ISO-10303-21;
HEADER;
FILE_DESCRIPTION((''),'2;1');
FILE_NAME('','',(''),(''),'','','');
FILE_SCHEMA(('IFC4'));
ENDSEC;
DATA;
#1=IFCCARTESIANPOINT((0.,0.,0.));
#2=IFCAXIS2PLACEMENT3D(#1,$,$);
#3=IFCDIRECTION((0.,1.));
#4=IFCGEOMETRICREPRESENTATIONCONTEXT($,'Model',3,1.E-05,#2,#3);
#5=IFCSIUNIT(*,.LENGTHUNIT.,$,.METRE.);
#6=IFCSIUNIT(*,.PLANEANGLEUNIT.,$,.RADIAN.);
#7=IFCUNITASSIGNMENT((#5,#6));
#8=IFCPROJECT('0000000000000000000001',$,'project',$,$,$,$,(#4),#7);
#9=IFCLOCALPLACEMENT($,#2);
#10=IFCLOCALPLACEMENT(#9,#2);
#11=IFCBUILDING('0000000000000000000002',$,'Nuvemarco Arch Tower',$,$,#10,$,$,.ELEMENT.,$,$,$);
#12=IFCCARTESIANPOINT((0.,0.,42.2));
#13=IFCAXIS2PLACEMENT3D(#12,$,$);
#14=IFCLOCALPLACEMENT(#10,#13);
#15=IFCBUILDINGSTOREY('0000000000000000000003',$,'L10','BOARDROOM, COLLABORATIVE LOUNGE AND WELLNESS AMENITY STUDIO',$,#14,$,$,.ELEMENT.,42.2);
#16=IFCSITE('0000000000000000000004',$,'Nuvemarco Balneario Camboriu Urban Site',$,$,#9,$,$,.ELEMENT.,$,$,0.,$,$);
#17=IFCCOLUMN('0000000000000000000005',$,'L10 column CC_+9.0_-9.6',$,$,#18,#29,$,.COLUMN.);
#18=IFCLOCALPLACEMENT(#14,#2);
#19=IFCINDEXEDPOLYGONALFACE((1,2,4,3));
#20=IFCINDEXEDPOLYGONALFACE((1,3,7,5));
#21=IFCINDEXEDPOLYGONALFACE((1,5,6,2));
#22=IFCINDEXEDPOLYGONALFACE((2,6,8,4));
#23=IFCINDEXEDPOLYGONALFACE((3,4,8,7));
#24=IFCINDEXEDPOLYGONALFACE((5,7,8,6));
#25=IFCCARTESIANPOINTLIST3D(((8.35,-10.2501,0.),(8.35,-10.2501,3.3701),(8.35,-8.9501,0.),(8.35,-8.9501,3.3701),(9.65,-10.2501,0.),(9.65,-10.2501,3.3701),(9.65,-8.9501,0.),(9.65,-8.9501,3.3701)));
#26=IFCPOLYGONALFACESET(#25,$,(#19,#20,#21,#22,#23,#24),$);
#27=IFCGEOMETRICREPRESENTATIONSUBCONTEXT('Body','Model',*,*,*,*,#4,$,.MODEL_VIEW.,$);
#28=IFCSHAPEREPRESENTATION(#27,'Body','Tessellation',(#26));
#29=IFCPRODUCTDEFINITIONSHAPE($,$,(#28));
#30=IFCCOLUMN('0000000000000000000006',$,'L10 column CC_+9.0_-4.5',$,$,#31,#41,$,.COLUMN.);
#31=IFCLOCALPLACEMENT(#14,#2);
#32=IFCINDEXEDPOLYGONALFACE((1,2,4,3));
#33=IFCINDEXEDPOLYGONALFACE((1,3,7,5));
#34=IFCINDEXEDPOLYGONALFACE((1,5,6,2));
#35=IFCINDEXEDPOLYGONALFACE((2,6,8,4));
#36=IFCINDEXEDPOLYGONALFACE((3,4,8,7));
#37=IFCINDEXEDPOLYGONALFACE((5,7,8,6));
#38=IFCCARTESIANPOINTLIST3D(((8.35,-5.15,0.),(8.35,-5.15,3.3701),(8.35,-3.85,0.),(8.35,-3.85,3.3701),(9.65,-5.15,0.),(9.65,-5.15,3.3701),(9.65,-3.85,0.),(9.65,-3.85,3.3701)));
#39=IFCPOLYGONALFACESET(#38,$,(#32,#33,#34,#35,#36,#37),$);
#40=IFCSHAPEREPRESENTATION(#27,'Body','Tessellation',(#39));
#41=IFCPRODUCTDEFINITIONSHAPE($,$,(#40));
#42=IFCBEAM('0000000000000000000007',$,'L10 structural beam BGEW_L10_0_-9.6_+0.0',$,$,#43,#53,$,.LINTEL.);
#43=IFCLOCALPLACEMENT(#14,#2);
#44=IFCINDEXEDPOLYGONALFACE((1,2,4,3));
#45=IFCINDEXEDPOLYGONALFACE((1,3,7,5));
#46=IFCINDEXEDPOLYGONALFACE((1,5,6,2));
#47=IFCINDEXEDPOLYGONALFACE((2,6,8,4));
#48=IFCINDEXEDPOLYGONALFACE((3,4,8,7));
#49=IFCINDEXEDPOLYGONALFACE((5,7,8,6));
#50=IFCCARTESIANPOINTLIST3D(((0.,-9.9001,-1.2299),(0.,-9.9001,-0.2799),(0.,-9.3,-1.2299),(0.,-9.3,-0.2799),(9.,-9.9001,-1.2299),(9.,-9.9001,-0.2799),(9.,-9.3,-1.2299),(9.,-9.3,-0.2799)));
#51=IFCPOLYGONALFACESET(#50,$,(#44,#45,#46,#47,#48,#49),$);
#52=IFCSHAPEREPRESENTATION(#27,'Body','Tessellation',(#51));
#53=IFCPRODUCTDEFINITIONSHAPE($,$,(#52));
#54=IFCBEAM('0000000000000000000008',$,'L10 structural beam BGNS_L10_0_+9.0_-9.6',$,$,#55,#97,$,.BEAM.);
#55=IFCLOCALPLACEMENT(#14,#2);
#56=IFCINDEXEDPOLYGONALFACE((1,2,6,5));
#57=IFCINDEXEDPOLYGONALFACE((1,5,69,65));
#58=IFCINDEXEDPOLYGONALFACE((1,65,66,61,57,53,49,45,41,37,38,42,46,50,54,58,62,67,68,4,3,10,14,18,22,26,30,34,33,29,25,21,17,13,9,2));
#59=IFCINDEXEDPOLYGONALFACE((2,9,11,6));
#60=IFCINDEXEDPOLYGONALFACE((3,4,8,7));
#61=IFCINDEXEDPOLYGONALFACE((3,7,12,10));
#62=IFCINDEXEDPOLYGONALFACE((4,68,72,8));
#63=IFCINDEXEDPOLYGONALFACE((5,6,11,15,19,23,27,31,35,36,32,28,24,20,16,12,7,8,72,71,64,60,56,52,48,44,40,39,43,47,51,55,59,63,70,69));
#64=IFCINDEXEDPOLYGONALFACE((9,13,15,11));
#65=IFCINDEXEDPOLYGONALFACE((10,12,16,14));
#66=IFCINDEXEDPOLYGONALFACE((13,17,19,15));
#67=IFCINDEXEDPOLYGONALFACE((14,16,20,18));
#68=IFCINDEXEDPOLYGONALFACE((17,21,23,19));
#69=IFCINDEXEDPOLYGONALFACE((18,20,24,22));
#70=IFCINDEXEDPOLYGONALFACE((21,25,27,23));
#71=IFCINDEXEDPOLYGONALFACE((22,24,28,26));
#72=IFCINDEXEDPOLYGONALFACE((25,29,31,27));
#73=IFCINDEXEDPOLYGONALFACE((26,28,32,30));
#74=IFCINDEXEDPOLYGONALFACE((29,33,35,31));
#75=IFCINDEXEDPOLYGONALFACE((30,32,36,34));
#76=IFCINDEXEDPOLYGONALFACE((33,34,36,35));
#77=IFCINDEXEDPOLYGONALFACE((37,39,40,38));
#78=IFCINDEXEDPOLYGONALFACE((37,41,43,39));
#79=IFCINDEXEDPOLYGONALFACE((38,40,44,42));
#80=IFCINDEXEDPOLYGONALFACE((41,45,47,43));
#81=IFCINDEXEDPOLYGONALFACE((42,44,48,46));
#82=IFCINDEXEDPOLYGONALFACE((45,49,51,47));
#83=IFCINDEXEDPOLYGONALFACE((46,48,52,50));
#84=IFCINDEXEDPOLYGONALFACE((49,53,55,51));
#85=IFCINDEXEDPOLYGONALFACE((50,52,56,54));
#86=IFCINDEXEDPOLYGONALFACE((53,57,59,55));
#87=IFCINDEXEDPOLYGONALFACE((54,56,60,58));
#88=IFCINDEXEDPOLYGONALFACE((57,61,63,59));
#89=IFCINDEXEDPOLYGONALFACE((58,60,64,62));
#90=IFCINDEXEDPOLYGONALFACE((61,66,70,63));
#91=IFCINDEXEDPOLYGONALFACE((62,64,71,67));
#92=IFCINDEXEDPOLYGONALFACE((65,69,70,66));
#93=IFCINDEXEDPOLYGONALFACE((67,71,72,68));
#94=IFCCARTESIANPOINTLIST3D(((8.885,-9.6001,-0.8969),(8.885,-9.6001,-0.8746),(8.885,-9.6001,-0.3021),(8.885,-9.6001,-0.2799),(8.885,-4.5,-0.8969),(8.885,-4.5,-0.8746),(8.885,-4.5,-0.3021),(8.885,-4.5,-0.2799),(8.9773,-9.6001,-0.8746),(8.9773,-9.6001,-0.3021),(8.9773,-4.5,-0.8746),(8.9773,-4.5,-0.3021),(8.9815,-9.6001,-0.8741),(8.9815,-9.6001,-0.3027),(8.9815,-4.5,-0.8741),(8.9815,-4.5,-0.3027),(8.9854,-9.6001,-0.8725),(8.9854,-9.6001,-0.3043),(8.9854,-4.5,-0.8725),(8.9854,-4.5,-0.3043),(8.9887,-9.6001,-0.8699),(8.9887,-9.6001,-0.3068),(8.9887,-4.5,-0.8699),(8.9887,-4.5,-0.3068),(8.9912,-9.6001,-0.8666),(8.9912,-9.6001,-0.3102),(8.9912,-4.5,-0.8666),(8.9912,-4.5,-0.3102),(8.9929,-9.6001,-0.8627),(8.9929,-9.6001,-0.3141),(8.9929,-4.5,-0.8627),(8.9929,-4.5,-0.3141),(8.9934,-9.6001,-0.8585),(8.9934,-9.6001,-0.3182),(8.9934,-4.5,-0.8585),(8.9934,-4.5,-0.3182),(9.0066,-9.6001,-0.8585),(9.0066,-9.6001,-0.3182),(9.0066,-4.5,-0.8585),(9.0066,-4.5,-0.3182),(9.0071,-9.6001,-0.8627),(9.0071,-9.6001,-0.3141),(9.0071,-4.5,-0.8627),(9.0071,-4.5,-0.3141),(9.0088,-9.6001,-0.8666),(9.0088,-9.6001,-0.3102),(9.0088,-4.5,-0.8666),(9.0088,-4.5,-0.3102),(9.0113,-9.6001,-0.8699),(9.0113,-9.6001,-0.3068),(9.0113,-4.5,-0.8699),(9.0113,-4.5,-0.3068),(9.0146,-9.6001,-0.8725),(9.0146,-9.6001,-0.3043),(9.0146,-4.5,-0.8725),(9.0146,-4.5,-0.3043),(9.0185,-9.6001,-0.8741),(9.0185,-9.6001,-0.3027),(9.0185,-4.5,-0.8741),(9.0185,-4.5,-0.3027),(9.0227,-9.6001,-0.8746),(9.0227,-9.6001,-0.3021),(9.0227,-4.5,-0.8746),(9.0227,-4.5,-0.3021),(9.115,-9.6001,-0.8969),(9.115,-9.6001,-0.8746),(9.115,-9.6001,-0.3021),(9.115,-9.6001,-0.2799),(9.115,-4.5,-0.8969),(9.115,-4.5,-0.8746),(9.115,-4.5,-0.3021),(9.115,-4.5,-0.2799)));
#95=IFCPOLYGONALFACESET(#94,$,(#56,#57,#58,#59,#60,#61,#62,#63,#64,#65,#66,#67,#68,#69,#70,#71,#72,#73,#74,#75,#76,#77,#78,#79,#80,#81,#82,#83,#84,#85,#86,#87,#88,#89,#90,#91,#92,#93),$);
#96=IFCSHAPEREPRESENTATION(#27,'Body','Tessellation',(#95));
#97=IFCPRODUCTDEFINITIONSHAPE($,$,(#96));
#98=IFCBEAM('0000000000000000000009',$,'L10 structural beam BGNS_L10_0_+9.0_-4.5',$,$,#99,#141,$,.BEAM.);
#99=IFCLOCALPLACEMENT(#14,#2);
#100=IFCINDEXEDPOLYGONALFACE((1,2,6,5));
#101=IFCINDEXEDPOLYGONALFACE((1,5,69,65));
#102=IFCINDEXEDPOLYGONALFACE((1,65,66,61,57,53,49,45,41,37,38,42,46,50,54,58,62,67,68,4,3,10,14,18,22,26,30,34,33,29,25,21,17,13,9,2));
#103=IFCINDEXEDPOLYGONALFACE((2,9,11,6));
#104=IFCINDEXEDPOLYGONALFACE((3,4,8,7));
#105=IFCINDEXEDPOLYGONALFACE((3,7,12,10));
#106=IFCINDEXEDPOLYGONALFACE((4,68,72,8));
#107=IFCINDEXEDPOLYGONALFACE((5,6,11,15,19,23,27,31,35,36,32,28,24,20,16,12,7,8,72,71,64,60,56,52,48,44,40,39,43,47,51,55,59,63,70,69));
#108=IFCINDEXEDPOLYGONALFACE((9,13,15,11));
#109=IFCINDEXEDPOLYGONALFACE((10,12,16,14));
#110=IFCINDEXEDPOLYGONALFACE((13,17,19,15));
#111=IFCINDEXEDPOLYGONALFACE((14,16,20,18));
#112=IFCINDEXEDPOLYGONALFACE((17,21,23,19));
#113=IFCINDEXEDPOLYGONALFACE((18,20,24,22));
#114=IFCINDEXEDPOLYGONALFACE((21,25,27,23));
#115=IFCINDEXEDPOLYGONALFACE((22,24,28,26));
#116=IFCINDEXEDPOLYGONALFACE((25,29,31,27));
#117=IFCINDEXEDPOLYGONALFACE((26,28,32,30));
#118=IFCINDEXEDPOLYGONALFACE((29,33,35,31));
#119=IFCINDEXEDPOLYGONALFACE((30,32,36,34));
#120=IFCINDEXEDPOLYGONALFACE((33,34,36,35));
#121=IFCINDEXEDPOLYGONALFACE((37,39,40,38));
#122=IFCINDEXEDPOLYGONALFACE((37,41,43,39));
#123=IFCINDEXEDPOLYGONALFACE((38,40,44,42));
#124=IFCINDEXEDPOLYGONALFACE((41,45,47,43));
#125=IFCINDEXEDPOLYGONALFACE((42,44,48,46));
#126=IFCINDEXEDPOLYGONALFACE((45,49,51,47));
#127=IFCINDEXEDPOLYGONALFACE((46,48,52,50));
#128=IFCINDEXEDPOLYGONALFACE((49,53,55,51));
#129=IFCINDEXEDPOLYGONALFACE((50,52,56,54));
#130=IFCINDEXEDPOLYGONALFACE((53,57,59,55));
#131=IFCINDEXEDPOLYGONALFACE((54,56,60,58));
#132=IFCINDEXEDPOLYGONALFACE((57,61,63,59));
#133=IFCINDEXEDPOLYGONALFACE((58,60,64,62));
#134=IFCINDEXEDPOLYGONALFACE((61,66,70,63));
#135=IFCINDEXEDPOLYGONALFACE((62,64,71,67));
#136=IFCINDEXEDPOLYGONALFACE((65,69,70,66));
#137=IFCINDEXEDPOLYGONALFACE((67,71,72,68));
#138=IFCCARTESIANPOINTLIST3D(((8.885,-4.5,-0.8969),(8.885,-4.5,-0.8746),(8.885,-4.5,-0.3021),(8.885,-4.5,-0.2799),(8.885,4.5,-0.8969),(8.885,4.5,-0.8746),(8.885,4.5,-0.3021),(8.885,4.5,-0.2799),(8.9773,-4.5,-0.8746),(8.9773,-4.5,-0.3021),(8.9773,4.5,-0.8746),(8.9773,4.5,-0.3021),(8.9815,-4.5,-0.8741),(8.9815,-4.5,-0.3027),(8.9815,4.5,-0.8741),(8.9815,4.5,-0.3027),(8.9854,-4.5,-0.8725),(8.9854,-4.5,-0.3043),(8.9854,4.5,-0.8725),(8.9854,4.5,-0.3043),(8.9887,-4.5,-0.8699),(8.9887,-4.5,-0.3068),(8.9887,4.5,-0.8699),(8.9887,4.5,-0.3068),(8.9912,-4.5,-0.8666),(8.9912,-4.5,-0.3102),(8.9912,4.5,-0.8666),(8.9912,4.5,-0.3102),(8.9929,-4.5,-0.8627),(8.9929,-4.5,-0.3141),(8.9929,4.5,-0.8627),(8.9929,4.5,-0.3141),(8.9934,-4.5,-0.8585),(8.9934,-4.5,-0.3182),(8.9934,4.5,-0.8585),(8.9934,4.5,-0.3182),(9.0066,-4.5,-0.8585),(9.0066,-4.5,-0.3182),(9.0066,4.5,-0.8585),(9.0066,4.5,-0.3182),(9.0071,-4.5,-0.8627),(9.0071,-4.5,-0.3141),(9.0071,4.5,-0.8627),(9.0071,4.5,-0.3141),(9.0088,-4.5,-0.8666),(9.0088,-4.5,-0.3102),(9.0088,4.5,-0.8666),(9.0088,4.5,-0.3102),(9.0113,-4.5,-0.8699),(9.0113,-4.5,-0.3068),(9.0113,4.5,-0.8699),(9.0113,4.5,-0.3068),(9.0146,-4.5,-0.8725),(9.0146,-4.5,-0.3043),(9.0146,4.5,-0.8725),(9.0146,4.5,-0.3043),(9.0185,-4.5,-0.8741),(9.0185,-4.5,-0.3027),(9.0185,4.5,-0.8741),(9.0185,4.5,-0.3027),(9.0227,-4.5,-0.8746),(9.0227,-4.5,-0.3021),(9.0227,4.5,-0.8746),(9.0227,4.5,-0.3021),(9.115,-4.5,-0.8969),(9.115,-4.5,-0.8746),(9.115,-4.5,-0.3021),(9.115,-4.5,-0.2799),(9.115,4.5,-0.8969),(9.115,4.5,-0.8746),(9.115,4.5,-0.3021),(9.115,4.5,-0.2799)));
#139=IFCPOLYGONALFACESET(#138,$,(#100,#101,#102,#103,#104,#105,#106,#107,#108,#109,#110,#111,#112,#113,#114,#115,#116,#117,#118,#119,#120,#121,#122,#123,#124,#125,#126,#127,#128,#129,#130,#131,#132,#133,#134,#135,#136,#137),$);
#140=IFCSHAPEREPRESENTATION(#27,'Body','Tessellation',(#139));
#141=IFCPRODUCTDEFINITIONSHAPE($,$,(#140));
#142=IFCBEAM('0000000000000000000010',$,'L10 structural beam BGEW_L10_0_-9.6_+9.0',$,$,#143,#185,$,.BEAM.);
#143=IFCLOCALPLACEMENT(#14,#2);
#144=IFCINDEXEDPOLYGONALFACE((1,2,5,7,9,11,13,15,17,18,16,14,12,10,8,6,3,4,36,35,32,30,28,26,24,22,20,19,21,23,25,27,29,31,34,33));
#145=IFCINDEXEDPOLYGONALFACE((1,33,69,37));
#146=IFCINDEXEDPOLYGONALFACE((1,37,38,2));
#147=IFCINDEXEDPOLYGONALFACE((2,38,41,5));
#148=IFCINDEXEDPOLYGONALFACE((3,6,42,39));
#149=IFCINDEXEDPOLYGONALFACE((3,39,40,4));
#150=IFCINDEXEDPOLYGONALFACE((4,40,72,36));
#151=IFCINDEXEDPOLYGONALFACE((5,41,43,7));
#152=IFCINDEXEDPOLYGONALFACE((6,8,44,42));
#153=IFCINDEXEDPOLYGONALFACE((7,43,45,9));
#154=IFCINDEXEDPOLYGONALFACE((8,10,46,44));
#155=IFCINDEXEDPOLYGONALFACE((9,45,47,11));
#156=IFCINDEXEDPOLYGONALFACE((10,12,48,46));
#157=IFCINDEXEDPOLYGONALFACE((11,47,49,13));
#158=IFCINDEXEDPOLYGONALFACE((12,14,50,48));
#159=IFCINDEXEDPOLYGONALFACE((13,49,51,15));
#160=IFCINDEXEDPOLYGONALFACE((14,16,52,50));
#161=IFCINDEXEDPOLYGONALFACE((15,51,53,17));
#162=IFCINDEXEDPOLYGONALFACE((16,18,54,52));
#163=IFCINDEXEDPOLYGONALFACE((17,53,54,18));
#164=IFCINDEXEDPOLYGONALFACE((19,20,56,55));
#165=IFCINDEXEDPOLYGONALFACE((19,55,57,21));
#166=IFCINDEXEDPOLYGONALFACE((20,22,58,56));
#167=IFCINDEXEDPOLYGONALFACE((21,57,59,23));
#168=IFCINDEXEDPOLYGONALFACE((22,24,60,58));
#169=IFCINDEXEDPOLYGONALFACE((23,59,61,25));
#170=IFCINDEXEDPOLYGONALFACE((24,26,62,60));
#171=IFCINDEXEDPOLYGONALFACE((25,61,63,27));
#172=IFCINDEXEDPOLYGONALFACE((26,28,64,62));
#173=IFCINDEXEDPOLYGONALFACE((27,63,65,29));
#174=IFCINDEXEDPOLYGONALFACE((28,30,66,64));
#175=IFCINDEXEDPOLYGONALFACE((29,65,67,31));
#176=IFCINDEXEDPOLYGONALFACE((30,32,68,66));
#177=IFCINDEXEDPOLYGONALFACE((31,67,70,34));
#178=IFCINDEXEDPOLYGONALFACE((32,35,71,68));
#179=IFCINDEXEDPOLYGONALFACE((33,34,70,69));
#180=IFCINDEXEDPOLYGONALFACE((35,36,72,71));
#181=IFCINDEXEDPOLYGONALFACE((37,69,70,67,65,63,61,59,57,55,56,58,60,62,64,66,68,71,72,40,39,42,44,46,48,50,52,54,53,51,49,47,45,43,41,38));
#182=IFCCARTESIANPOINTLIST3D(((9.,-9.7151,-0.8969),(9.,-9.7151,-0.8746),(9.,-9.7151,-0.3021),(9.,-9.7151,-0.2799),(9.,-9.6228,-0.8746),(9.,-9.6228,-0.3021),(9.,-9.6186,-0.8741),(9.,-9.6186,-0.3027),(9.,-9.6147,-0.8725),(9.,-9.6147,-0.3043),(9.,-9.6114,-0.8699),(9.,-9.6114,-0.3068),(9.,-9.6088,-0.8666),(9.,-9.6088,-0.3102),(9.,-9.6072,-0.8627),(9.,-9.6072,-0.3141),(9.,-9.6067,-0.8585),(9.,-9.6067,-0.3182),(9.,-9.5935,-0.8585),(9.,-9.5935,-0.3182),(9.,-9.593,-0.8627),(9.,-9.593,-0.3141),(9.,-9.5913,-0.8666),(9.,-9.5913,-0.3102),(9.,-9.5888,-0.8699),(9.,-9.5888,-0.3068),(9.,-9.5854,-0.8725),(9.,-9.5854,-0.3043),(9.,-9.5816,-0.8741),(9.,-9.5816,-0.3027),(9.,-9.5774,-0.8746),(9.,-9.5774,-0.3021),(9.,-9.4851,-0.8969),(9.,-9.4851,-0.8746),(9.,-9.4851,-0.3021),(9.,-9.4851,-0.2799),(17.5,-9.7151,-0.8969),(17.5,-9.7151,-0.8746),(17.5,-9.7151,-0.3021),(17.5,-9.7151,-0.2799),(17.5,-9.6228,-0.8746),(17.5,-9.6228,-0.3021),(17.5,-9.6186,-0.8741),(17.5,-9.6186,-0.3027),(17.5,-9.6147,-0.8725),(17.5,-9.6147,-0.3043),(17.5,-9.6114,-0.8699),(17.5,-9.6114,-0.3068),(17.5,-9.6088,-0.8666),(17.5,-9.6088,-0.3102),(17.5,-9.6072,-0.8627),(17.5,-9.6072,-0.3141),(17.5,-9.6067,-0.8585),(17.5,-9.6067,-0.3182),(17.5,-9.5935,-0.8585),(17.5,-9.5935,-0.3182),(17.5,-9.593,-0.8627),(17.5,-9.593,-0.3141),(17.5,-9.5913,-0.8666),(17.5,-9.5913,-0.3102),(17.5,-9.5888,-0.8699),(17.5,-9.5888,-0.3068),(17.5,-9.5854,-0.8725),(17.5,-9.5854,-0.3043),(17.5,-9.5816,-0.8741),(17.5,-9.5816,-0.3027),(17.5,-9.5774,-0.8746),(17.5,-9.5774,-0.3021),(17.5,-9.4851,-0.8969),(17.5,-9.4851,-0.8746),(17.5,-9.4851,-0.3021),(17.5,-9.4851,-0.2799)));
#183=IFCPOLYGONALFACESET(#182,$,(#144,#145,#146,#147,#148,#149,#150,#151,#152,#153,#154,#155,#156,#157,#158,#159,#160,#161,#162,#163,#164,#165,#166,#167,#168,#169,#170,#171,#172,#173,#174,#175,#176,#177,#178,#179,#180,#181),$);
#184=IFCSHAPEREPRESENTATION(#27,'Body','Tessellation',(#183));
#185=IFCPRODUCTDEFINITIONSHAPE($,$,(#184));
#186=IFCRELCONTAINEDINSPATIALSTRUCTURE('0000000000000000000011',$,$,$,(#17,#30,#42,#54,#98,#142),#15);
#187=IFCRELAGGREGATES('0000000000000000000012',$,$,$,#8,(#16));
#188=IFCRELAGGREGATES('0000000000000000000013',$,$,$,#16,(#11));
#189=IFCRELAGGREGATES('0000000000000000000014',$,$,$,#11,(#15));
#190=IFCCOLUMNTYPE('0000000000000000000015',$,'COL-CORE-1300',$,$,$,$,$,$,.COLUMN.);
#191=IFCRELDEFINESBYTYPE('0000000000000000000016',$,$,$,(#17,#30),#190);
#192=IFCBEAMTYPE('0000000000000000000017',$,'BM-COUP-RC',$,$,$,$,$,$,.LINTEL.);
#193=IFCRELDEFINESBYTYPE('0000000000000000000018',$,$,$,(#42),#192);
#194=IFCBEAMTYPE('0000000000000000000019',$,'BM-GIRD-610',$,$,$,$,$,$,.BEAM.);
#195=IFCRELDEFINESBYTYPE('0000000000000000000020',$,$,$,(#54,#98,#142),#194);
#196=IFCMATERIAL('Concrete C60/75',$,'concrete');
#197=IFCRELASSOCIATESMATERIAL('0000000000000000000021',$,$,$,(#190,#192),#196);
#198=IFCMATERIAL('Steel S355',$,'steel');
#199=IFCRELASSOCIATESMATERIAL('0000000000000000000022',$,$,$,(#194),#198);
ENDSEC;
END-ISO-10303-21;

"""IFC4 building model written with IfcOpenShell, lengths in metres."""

from ifc_helpers import new_model, si_unit, direction, frame, origin, origin_2d, place, context, subcontext, project, spatial, rectangle, i_section, extrude, material, material_profile, profile_set, type_object, element, save


model = new_model("IFC4")

# Units and contexts
model_context = context("Model", 3, precision=1e-05, world=origin(), true_north=direction((0.0, 1.0)))
body_context = subcontext(model_context, "Body", "Model", "MODEL_VIEW")
ifc_project = project(units=[si_unit("LENGTHUNIT", "METRE"), si_unit("PLANEANGLEUNIT", "RADIAN")], contexts=[model_context])

# Site, building, storey
site_placement = place(None, origin())
site = spatial("IfcSite", under=ifc_project, at=site_placement, Name="Nuvemarco Balneario Camboriu Urban Site", CompositionType="ELEMENT", RefElevation=0.0)
building_placement = place(site_placement, origin())
building = spatial("IfcBuilding", under=site, at=building_placement, Name="Nuvemarco Arch Tower", CompositionType="ELEMENT")
storey_placement = place(building_placement, frame((0.0, 0.0, 42.2)))
storey = spatial("IfcBuildingStorey", under=building, at=storey_placement, Name="L10", Description="BOARDROOM, COLLABORATIVE LOUNGE AND WELLNESS AMENITY STUDIO", CompositionType="ELEMENT", Elevation=42.2)

# Columns
ifc_material_1 = material(Name="Concrete C60/75", Category="concrete")
ifc_material_profile_1 = material_profile(ifc_material_1, rectangle(XDim=1.3, YDim=1.3, at=origin_2d()), Name="RC-COL-1300x1300")
ifc_profile_set_1 = profile_set([ifc_material_profile_1], Name="Concrete C60/75")
column_type = type_object("IfcColumnType", Name="COL-CORE-1300", PredefinedType="COLUMN", material=ifc_profile_set_1)
for number, where, z_axis, x_axis, name in (
    (1, (9.0, -9.6001, 0.0), (0.0, 0.0, 1.0), (1.0, 0.0, 0.0), "L10 column CC_+9.0_-9.6"),
    (2, (9.0, -4.5, 0.0), (0.0, 0.0, 1.0), (1.0, 0.0, 0.0), "L10 column CC_+9.0_-4.5"),
):
    element("IfcColumn", number, at=place(storey_placement, frame(where, z_axis=z_axis, x_axis=x_axis)), inside=storey, type_object=column_type, Name=name, PredefinedType="COLUMN", context=body_context, shape_type="SweptSolid", body=[
        extrude(rectangle(XDim=1.3, YDim=1.3, at=origin_2d()), origin(), (0.0, 0.0, 1.0), 3.3701),
    ])

# Beams
ifc_material_profile_2 = material_profile(ifc_material_1, rectangle(XDim=0.6001, YDim=0.95, at=origin_2d()), Name="RC-BM-600x950")
ifc_profile_set_2 = profile_set([ifc_material_profile_2], Name="Concrete C60/75")
beam_type_1 = type_object("IfcBeamType", Name="BM-COUP-RC", PredefinedType="LINTEL", material=ifc_profile_set_2)
beam_1_placement = place(storey_placement, frame((0.0, -9.6001, -0.7549), z_axis=(1.0, 0.0, 0.0), x_axis=(0.0, 1.0, 0.0)))
element("IfcBeam", 3, at=beam_1_placement, inside=storey, type_object=beam_type_1, Name="L10 structural beam BGEW_L10_0_-9.6_+0.0", PredefinedType="LINTEL", context=body_context, shape_type="SweptSolid", body=[
    extrude(rectangle(XDim=0.6001, YDim=0.95, at=origin_2d()), origin(), (0.0, 0.0, 1.0), 9.0),
])
ifc_material_2 = material(Name="Steel S355", Category="steel")
ifc_material_profile_3 = material_profile(ifc_material_2, i_section(OverallWidth=0.23, OverallDepth=0.6169, WebThickness=0.0132, FlangeThickness=0.0222, FilletRadius=0.0161, at=origin_2d()), Name="W610x140")
ifc_profile_set_3 = profile_set([ifc_material_profile_3], Name="Steel S355")
beam_type_2 = type_object("IfcBeamType", Name="BM-GIRD-610", PredefinedType="BEAM", material=ifc_profile_set_3)
beam_2_placement = place(storey_placement, frame((9.0, -9.6001, -0.5884), z_axis=(0.0, 1.0, 0.0), x_axis=(-1.0, 0.0, 0.0)))
element("IfcBeam", 4, at=beam_2_placement, inside=storey, type_object=beam_type_2, Name="L10 structural beam BGNS_L10_0_+9.0_-9.6", PredefinedType="BEAM", context=body_context, shape_type="SweptSolid", body=[
    extrude(i_section(OverallWidth=0.23, OverallDepth=0.6169, WebThickness=0.0132, FlangeThickness=0.0222, FilletRadius=0.0161, at=origin_2d()), origin(), (0.0, 0.0, 1.0), 5.1001),
])
beam_3_placement = place(storey_placement, frame((9.0, -4.5, -0.5884), z_axis=(0.0, 1.0, 0.0), x_axis=(-1.0, 0.0, 0.0)))
element("IfcBeam", 5, at=beam_3_placement, inside=storey, type_object=beam_type_2, Name="L10 structural beam BGNS_L10_0_+9.0_-4.5", PredefinedType="BEAM", context=body_context, shape_type="SweptSolid", body=[
    extrude(i_section(OverallWidth=0.23, OverallDepth=0.6169, WebThickness=0.0132, FlangeThickness=0.0222, FilletRadius=0.0161, at=origin_2d()), origin(), (0.0, 0.0, 1.0), 9.0),
])
beam_4_placement = place(storey_placement, frame((9.0, -9.6001, -0.5884), z_axis=(1.0, 0.0, 0.0), x_axis=(0.0, 1.0, 0.0)))
element("IfcBeam", 6, at=beam_4_placement, inside=storey, type_object=beam_type_2, Name="L10 structural beam BGEW_L10_0_-9.6_+9.0", PredefinedType="BEAM", context=body_context, shape_type="SweptSolid", body=[
    extrude(i_section(OverallWidth=0.23, OverallDepth=0.6169, WebThickness=0.0132, FlangeThickness=0.0222, FilletRadius=0.0161, at=origin_2d()), origin(), (0.0, 0.0, 1.0), 8.5),
])

save(model, "model.ifc")
